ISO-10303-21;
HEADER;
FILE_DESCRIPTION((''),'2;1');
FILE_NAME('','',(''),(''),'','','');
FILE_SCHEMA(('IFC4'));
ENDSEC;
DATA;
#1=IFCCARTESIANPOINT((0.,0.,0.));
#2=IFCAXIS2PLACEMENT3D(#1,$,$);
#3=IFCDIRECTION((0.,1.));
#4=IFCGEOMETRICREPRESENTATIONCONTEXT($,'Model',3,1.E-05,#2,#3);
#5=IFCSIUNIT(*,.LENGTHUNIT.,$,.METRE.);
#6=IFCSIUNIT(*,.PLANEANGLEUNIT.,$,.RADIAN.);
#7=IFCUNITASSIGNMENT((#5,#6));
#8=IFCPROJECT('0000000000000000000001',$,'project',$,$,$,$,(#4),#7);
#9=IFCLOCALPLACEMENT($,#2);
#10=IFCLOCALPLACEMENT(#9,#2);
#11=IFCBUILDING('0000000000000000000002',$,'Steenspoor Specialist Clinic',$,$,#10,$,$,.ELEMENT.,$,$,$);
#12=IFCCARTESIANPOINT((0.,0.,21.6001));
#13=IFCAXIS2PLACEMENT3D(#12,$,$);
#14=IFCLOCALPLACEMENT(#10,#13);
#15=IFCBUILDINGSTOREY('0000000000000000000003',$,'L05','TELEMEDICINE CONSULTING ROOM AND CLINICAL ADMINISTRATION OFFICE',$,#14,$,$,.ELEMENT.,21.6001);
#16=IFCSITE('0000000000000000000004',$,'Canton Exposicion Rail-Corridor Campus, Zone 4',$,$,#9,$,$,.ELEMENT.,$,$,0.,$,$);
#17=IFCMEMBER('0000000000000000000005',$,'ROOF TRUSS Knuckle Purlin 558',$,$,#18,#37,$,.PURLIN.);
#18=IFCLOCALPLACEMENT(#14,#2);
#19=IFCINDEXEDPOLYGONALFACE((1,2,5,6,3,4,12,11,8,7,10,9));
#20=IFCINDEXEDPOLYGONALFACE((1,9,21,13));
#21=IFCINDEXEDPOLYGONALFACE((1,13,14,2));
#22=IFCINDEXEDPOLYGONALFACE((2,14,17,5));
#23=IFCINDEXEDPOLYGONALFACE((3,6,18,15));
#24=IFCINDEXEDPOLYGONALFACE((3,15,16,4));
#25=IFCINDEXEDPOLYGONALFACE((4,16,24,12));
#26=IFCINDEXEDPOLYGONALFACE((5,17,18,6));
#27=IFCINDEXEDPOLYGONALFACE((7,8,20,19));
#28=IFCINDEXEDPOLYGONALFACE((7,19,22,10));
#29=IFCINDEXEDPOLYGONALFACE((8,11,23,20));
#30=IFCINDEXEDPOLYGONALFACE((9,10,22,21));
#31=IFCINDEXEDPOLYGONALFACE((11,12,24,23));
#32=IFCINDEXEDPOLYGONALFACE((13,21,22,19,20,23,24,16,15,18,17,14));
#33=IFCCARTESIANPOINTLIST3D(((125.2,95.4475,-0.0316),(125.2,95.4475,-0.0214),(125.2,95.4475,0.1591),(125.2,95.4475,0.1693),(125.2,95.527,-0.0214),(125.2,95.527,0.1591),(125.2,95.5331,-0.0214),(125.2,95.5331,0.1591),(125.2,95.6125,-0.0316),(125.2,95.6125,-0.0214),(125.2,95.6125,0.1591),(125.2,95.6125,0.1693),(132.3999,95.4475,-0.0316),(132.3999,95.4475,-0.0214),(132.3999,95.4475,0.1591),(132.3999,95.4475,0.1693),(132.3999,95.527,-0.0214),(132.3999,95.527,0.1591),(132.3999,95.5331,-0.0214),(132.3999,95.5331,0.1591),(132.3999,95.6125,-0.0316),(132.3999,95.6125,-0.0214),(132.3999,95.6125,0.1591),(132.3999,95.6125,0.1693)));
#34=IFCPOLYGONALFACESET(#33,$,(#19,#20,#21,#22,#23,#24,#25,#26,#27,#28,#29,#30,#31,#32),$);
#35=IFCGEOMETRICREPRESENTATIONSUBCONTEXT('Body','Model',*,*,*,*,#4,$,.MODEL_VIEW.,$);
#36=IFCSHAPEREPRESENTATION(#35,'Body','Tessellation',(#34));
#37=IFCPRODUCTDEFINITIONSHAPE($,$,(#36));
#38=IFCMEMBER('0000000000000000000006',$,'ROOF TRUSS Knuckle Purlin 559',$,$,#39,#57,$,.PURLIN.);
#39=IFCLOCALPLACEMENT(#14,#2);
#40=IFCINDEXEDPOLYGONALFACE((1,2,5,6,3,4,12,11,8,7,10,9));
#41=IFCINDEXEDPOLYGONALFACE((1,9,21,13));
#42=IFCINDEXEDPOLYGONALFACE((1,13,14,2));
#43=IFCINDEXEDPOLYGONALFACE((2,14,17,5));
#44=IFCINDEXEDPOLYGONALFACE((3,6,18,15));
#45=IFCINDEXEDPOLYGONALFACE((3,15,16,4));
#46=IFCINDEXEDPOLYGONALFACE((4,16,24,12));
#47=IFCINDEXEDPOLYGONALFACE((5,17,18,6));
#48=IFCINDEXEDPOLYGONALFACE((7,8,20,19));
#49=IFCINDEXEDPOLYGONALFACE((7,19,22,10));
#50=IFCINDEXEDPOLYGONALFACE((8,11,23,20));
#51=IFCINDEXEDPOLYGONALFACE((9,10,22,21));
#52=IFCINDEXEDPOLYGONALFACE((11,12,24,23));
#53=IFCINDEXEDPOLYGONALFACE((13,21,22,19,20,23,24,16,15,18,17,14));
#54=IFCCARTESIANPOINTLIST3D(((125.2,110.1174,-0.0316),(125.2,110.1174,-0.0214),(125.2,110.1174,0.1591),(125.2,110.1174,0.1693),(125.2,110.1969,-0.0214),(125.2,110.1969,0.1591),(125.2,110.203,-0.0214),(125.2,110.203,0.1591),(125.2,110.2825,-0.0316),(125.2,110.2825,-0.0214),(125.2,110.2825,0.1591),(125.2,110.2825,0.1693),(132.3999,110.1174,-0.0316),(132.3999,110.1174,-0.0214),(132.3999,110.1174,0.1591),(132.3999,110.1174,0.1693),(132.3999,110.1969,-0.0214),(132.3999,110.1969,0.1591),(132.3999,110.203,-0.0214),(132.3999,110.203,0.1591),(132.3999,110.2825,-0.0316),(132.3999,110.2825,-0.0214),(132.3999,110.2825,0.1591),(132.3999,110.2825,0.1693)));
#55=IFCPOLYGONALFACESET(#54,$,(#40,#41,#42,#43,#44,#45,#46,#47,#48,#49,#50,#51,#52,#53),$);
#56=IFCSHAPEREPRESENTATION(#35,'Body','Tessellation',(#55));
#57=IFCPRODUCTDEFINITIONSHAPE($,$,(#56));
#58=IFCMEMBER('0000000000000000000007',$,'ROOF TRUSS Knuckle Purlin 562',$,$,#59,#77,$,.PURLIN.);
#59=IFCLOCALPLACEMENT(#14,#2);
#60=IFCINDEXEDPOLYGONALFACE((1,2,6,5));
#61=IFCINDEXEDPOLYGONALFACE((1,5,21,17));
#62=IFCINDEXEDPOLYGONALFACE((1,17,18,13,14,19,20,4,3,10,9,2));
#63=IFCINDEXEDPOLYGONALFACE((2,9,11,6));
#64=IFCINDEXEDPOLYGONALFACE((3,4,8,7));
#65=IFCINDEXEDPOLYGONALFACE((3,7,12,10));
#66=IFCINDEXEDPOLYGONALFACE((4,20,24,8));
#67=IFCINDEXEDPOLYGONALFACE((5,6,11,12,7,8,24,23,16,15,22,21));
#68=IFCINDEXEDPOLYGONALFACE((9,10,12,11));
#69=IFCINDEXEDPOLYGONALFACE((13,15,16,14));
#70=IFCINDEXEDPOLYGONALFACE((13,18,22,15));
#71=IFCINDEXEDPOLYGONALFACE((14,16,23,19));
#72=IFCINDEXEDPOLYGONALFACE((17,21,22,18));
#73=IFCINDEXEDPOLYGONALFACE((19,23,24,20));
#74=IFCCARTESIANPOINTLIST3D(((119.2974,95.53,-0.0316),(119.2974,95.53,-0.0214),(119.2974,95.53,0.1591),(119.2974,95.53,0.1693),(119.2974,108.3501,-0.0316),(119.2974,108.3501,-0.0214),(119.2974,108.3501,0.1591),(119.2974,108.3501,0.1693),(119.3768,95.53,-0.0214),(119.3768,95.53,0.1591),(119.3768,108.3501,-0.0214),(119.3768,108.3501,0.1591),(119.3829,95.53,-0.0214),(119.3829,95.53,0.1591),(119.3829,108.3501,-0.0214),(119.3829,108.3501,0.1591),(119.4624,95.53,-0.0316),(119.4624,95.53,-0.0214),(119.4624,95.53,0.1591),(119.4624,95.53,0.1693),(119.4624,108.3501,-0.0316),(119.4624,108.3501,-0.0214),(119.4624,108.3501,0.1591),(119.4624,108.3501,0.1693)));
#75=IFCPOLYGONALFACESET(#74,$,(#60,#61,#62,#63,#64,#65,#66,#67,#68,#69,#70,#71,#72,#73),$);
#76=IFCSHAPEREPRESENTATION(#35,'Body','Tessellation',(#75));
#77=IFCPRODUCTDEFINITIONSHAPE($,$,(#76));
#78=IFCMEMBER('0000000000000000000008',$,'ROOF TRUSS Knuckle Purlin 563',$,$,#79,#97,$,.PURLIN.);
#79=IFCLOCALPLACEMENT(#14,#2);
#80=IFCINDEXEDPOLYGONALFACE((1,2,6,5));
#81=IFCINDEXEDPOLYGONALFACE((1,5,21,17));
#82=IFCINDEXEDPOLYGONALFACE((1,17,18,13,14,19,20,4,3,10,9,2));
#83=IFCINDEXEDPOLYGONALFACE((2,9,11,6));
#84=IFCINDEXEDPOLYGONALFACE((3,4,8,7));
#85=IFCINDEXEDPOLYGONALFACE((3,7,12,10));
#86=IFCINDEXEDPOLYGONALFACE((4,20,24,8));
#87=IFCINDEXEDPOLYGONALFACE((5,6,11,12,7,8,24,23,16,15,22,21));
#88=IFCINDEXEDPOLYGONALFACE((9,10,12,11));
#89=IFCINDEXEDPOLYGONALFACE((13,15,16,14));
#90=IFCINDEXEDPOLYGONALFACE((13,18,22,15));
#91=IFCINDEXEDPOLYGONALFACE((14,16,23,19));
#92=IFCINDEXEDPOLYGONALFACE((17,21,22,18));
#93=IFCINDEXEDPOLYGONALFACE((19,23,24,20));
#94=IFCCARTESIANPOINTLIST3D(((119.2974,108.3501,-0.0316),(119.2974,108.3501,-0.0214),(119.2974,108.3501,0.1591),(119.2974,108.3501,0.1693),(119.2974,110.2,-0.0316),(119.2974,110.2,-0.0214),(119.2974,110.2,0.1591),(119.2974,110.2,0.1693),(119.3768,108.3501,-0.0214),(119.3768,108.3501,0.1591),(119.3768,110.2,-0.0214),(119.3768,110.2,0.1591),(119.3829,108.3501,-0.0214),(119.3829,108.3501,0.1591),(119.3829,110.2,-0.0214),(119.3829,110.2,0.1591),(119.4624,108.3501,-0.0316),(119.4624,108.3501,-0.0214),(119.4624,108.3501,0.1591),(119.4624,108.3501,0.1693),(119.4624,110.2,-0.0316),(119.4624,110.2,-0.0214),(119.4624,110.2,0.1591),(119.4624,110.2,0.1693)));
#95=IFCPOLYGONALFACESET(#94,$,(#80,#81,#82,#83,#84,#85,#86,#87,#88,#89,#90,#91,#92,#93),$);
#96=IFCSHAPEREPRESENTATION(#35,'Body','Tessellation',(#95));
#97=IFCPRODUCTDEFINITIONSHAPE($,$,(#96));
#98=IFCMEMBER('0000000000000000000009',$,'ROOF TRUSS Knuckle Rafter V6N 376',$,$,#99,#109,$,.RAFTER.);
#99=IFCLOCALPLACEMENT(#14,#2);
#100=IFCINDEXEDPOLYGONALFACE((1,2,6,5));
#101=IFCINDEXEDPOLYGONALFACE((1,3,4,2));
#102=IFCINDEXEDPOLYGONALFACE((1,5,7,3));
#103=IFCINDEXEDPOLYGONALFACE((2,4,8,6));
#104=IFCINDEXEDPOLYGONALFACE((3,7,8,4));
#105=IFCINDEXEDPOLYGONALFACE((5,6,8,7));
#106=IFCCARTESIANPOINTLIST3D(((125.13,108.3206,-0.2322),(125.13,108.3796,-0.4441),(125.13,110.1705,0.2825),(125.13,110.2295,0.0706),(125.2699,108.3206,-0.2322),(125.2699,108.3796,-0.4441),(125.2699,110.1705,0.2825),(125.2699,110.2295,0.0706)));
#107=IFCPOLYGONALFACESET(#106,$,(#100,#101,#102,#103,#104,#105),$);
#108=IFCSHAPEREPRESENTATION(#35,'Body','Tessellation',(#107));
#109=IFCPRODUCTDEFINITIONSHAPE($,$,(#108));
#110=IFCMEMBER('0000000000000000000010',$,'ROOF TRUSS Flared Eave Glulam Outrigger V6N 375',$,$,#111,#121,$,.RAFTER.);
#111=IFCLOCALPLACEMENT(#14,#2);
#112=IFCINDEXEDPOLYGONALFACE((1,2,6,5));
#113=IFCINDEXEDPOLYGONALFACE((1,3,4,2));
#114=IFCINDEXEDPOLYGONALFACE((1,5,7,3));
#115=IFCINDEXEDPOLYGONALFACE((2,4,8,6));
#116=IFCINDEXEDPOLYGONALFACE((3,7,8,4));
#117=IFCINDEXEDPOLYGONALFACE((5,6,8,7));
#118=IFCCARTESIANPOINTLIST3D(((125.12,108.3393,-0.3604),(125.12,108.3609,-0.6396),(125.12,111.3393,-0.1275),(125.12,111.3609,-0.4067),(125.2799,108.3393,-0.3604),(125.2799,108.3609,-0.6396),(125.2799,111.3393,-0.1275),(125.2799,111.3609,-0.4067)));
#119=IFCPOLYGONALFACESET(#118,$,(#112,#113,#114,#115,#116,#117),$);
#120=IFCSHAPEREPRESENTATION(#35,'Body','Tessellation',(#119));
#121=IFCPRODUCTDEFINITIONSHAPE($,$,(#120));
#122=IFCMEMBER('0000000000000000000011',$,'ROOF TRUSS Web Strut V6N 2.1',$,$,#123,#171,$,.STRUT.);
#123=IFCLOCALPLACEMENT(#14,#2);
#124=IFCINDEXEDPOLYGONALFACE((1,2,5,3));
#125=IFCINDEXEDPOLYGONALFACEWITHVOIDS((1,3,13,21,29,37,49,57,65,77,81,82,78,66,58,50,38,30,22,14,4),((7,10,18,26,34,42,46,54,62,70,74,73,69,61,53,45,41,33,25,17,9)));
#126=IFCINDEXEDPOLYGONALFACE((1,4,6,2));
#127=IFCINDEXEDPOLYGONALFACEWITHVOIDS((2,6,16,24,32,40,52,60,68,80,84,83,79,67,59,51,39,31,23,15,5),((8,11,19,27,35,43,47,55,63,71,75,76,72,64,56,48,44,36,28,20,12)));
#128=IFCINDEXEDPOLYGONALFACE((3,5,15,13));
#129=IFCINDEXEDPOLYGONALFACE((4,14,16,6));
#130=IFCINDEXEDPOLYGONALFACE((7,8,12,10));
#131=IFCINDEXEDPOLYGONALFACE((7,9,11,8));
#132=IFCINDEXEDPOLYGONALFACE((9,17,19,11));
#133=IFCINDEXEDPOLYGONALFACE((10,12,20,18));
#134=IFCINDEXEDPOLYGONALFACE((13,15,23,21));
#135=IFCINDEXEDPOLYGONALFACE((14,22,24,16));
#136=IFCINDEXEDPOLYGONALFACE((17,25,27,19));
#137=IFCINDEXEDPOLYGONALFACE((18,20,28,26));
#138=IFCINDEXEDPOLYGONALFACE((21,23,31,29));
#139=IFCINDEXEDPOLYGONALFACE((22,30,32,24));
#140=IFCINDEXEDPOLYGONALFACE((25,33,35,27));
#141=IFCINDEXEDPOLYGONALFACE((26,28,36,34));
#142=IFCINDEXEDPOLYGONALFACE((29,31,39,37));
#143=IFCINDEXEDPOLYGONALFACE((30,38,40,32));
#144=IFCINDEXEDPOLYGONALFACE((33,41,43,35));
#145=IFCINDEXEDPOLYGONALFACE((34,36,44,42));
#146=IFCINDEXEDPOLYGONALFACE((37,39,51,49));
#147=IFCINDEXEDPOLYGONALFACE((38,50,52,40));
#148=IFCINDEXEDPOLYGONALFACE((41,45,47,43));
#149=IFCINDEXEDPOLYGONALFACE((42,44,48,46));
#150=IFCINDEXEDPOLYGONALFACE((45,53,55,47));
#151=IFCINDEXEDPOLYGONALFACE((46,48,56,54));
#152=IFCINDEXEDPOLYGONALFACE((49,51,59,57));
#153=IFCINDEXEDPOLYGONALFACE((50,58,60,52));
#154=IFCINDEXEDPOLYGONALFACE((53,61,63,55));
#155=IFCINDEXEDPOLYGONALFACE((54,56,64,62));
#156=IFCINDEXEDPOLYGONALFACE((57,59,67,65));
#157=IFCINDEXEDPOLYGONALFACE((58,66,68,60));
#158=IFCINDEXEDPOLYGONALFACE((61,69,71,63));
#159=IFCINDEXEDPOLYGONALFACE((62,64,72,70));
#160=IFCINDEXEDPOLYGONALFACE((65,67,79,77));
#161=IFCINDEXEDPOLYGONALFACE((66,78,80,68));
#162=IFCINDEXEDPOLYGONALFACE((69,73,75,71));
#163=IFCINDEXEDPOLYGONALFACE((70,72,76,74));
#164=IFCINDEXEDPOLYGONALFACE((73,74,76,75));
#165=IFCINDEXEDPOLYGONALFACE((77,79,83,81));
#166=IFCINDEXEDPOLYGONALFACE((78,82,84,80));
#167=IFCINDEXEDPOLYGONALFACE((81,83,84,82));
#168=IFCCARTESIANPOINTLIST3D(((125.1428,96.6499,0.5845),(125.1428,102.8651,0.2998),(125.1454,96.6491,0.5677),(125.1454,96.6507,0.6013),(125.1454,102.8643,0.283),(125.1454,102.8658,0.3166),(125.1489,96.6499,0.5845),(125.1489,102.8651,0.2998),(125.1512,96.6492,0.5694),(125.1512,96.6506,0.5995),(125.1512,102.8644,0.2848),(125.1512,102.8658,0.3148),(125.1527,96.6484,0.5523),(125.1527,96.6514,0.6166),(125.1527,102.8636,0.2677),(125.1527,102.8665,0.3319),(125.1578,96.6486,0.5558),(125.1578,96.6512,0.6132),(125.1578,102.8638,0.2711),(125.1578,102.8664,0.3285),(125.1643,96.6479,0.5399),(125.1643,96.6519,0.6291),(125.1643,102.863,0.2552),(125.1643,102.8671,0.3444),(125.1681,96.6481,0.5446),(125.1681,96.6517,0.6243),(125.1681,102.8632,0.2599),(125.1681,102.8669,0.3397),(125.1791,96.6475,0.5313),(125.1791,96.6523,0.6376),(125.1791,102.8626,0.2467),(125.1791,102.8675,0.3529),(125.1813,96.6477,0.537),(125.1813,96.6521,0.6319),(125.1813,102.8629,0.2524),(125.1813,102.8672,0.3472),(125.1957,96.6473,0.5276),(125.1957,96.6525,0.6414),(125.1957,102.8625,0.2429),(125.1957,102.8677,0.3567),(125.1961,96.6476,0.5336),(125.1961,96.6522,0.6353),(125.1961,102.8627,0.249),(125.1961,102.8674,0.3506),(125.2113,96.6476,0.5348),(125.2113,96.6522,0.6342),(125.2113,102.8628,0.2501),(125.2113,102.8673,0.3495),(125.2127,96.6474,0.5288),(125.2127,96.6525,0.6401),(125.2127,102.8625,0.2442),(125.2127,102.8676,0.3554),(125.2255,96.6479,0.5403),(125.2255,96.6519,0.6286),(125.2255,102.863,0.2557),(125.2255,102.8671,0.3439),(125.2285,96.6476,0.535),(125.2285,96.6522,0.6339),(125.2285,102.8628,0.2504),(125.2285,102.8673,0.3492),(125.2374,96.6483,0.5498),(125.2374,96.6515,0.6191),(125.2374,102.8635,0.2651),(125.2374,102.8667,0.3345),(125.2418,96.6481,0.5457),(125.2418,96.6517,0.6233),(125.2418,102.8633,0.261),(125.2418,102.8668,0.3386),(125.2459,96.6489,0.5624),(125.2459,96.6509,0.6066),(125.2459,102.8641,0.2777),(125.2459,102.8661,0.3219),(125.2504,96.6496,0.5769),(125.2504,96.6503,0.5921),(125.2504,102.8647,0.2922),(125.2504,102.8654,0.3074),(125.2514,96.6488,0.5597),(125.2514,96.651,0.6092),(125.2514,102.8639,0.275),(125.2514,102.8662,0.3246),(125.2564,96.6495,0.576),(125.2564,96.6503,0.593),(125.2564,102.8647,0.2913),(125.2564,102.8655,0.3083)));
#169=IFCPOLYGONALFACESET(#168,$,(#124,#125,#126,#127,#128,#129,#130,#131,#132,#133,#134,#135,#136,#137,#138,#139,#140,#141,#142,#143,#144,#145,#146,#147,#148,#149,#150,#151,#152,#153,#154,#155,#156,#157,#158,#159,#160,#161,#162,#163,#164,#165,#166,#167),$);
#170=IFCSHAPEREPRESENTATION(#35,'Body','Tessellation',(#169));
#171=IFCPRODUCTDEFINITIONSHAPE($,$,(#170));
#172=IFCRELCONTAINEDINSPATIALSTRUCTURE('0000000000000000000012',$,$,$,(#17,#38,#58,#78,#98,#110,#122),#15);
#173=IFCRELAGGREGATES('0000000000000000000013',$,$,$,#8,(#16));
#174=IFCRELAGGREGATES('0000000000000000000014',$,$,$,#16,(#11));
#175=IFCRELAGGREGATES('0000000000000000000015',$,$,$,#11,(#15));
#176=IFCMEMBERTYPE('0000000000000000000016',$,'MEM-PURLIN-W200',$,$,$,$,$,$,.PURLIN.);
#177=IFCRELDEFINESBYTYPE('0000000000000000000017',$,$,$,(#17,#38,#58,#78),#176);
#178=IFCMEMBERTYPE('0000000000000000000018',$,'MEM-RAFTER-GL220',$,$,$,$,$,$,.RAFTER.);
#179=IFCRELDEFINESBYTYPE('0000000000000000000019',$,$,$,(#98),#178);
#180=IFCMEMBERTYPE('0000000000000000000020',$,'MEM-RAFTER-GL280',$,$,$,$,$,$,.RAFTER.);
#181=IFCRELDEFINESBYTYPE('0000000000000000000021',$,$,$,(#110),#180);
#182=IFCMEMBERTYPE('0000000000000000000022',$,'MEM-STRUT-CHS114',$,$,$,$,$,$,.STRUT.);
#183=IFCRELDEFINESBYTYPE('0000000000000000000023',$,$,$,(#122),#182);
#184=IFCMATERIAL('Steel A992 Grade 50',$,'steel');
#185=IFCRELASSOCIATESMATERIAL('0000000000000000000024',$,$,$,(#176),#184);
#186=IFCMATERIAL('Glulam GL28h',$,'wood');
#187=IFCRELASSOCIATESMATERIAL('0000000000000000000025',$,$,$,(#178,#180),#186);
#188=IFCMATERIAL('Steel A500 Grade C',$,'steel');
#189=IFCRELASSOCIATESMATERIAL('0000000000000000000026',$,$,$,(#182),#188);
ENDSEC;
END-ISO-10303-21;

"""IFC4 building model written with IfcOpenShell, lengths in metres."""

from ifc_helpers import new_model, si_unit, direction, frame, origin, origin_2d, place, context, subcontext, project, spatial, rectangle, hollow_circle, i_section, extrude, material, material_profile, profile_set, type_object, element, save


model = new_model("IFC4")

# Units and contexts
model_context = context("Model", 3, precision=1e-05, world=origin(), true_north=direction((0.0, 1.0)))
body_context = subcontext(model_context, "Body", "Model", "MODEL_VIEW")
ifc_project = project(units=[si_unit("LENGTHUNIT", "METRE"), si_unit("PLANEANGLEUNIT", "RADIAN")], contexts=[model_context])

# Site, building, storey
site_placement = place(None, origin())
site = spatial("IfcSite", under=ifc_project, at=site_placement, Name="Canton Exposicion Rail-Corridor Campus, Zone 4", CompositionType="ELEMENT", RefElevation=0.0)
building_placement = place(site_placement, origin())
building = spatial("IfcBuilding", under=site, at=building_placement, Name="Steenspoor Specialist Clinic", CompositionType="ELEMENT")
storey_placement = place(building_placement, frame((0.0, 0.0, 21.6001)))
storey = spatial("IfcBuildingStorey", under=building, at=storey_placement, Name="L05", Description="TELEMEDICINE CONSULTING ROOM AND CLINICAL ADMINISTRATION OFFICE", CompositionType="ELEMENT", Elevation=21.6001)

# Members
ifc_material_1 = material(Name="Steel A500 Grade C", Category="steel")
ifc_material_2 = material(Name="Steel A992 Grade 50", Category="steel")
ifc_material_profile_1 = material_profile(ifc_material_2, i_section(OverallWidth=0.165, OverallDepth=0.2009, WebThickness=0.0061, FlangeThickness=0.0103, at=origin_2d()), Name="W200X36")
ifc_profile_set_1 = profile_set([ifc_material_profile_1], Name="Steel A992 Grade 50")
member_type_1 = type_object("IfcMemberType", Name="MEM-PURLIN-W200", PredefinedType="PURLIN", material=ifc_profile_set_1)
for number, where, z_axis, x_axis, name in (
    (1, (125.2, 95.53, 0.0688), (1.0, 0.0, 0.0), (0.0, 1.0, 0.0), "ROOF TRUSS Knuckle Purlin 558"),
    (2, (125.2, 110.2, 0.0688), (1.0, 0.0, 0.0), (0.0, 1.0, 0.0), "ROOF TRUSS Knuckle Purlin 559"),
):
    element("IfcMember", number, at=place(storey_placement, frame(where, z_axis=z_axis, x_axis=x_axis)), inside=storey, type_object=member_type_1, Name=name, PredefinedType="PURLIN", context=body_context, shape_type="SweptSolid", body=[
        extrude(i_section(OverallWidth=0.165, OverallDepth=0.2009, WebThickness=0.0061, FlangeThickness=0.0103, at=origin_2d()), origin(), (0.0, 0.0, 1.0), 7.2),
    ])
member_1_placement = place(storey_placement, frame((119.3799, 95.53, 0.0688), z_axis=(0.0, 1.0, 0.0), x_axis=(-1.0, 0.0, 0.0)))
element("IfcMember", 3, at=member_1_placement, inside=storey, type_object=member_type_1, Name="ROOF TRUSS Knuckle Purlin 562", PredefinedType="PURLIN", context=body_context, shape_type="SweptSolid", body=[
    extrude(i_section(OverallWidth=0.165, OverallDepth=0.2009, WebThickness=0.0061, FlangeThickness=0.0103, at=origin_2d()), origin(), (0.0, 0.0, 1.0), 12.8201),
])
member_2_placement = place(storey_placement, frame((119.3799, 108.3501, 0.0688), z_axis=(0.0, 1.0, 0.0), x_axis=(-1.0, 0.0, 0.0)))
element("IfcMember", 4, at=member_2_placement, inside=storey, type_object=member_type_1, Name="ROOF TRUSS Knuckle Purlin 563", PredefinedType="PURLIN", context=body_context, shape_type="SweptSolid", body=[
    extrude(i_section(OverallWidth=0.165, OverallDepth=0.2009, WebThickness=0.0061, FlangeThickness=0.0103, at=origin_2d()), origin(), (0.0, 0.0, 1.0), 1.8499),
])
ifc_material_3 = material(Name="Glulam GL28h", Category="wood")
ifc_material_profile_2 = material_profile(ifc_material_3, rectangle(XDim=0.1399, YDim=0.22, at=origin_2d()), Name="GL28H-140X220")
ifc_profile_set_2 = profile_set([ifc_material_profile_2], Name="Glulam GL28h")
member_type_2 = type_object("IfcMemberType", Name="MEM-RAFTER-GL220", PredefinedType="RAFTER", material=ifc_profile_set_2)
member_3_placement = place(storey_placement, frame((125.2, 108.3501, -0.3381), z_axis=(0.0, 0.96341, 0.268031), x_axis=(-1.0, 0.0, 0.0)))
element("IfcMember", 5, at=member_3_placement, inside=storey, type_object=member_type_2, Name="ROOF TRUSS Knuckle Rafter V6N 376", PredefinedType="RAFTER", context=body_context, shape_type="SweptSolid", body=[
    extrude(rectangle(XDim=0.1399, YDim=0.22, at=origin_2d()), origin(), (0.0, 0.0, 1.0), 1.9202),
])
ifc_material_profile_3 = material_profile(ifc_material_3, rectangle(XDim=0.1599, YDim=0.28, at=origin_2d()), Name="GL28H-160X280")
ifc_profile_set_3 = profile_set([ifc_material_profile_3], Name="Glulam GL28h")
member_type_3 = type_object("IfcMemberType", Name="MEM-RAFTER-GL280", PredefinedType="RAFTER", material=ifc_profile_set_3)
member_4_placement = place(storey_placement, frame((125.2, 108.3501, -0.5), z_axis=(0.0, 0.997, 0.077404), x_axis=(-1.0, 0.0, 0.0)))
element("IfcMember", 6, at=member_4_placement, inside=storey, type_object=member_type_3, Name="ROOF TRUSS Flared Eave Glulam Outrigger V6N 375", PredefinedType="RAFTER", context=body_context, shape_type="SweptSolid", body=[
    extrude(rectangle(XDim=0.1599, YDim=0.28, at=origin_2d()), origin(), (0.0, 0.0, 1.0), 3.009),
])
ifc_material_profile_4 = material_profile(ifc_material_1, hollow_circle(Radius=0.0571, WallThickness=0.0061, at=origin_2d()), Name="CHS114X6.0")
ifc_profile_set_4 = profile_set([ifc_material_profile_4], Name="Steel A500 Grade C")
member_type_4 = type_object("IfcMemberType", Name="MEM-STRUT-CHS114", PredefinedType="STRUT", material=ifc_profile_set_4)
member_5_placement = place(storey_placement, frame((125.2, 96.6499, 0.5845), z_axis=(0.0, 0.998953, -0.045755), x_axis=(-1.0, 0.0, 0.0)))
element("IfcMember", 7, at=member_5_placement, inside=storey, type_object=member_type_4, Name="ROOF TRUSS Web Strut V6N 2.1", PredefinedType="STRUT", context=body_context, shape_type="SweptSolid", body=[
    extrude(hollow_circle(Radius=0.0571, WallThickness=0.0061, at=origin_2d()), origin(), (0.0, 0.0, 1.0), 6.2217),
])

save(model, "model.ifc")
